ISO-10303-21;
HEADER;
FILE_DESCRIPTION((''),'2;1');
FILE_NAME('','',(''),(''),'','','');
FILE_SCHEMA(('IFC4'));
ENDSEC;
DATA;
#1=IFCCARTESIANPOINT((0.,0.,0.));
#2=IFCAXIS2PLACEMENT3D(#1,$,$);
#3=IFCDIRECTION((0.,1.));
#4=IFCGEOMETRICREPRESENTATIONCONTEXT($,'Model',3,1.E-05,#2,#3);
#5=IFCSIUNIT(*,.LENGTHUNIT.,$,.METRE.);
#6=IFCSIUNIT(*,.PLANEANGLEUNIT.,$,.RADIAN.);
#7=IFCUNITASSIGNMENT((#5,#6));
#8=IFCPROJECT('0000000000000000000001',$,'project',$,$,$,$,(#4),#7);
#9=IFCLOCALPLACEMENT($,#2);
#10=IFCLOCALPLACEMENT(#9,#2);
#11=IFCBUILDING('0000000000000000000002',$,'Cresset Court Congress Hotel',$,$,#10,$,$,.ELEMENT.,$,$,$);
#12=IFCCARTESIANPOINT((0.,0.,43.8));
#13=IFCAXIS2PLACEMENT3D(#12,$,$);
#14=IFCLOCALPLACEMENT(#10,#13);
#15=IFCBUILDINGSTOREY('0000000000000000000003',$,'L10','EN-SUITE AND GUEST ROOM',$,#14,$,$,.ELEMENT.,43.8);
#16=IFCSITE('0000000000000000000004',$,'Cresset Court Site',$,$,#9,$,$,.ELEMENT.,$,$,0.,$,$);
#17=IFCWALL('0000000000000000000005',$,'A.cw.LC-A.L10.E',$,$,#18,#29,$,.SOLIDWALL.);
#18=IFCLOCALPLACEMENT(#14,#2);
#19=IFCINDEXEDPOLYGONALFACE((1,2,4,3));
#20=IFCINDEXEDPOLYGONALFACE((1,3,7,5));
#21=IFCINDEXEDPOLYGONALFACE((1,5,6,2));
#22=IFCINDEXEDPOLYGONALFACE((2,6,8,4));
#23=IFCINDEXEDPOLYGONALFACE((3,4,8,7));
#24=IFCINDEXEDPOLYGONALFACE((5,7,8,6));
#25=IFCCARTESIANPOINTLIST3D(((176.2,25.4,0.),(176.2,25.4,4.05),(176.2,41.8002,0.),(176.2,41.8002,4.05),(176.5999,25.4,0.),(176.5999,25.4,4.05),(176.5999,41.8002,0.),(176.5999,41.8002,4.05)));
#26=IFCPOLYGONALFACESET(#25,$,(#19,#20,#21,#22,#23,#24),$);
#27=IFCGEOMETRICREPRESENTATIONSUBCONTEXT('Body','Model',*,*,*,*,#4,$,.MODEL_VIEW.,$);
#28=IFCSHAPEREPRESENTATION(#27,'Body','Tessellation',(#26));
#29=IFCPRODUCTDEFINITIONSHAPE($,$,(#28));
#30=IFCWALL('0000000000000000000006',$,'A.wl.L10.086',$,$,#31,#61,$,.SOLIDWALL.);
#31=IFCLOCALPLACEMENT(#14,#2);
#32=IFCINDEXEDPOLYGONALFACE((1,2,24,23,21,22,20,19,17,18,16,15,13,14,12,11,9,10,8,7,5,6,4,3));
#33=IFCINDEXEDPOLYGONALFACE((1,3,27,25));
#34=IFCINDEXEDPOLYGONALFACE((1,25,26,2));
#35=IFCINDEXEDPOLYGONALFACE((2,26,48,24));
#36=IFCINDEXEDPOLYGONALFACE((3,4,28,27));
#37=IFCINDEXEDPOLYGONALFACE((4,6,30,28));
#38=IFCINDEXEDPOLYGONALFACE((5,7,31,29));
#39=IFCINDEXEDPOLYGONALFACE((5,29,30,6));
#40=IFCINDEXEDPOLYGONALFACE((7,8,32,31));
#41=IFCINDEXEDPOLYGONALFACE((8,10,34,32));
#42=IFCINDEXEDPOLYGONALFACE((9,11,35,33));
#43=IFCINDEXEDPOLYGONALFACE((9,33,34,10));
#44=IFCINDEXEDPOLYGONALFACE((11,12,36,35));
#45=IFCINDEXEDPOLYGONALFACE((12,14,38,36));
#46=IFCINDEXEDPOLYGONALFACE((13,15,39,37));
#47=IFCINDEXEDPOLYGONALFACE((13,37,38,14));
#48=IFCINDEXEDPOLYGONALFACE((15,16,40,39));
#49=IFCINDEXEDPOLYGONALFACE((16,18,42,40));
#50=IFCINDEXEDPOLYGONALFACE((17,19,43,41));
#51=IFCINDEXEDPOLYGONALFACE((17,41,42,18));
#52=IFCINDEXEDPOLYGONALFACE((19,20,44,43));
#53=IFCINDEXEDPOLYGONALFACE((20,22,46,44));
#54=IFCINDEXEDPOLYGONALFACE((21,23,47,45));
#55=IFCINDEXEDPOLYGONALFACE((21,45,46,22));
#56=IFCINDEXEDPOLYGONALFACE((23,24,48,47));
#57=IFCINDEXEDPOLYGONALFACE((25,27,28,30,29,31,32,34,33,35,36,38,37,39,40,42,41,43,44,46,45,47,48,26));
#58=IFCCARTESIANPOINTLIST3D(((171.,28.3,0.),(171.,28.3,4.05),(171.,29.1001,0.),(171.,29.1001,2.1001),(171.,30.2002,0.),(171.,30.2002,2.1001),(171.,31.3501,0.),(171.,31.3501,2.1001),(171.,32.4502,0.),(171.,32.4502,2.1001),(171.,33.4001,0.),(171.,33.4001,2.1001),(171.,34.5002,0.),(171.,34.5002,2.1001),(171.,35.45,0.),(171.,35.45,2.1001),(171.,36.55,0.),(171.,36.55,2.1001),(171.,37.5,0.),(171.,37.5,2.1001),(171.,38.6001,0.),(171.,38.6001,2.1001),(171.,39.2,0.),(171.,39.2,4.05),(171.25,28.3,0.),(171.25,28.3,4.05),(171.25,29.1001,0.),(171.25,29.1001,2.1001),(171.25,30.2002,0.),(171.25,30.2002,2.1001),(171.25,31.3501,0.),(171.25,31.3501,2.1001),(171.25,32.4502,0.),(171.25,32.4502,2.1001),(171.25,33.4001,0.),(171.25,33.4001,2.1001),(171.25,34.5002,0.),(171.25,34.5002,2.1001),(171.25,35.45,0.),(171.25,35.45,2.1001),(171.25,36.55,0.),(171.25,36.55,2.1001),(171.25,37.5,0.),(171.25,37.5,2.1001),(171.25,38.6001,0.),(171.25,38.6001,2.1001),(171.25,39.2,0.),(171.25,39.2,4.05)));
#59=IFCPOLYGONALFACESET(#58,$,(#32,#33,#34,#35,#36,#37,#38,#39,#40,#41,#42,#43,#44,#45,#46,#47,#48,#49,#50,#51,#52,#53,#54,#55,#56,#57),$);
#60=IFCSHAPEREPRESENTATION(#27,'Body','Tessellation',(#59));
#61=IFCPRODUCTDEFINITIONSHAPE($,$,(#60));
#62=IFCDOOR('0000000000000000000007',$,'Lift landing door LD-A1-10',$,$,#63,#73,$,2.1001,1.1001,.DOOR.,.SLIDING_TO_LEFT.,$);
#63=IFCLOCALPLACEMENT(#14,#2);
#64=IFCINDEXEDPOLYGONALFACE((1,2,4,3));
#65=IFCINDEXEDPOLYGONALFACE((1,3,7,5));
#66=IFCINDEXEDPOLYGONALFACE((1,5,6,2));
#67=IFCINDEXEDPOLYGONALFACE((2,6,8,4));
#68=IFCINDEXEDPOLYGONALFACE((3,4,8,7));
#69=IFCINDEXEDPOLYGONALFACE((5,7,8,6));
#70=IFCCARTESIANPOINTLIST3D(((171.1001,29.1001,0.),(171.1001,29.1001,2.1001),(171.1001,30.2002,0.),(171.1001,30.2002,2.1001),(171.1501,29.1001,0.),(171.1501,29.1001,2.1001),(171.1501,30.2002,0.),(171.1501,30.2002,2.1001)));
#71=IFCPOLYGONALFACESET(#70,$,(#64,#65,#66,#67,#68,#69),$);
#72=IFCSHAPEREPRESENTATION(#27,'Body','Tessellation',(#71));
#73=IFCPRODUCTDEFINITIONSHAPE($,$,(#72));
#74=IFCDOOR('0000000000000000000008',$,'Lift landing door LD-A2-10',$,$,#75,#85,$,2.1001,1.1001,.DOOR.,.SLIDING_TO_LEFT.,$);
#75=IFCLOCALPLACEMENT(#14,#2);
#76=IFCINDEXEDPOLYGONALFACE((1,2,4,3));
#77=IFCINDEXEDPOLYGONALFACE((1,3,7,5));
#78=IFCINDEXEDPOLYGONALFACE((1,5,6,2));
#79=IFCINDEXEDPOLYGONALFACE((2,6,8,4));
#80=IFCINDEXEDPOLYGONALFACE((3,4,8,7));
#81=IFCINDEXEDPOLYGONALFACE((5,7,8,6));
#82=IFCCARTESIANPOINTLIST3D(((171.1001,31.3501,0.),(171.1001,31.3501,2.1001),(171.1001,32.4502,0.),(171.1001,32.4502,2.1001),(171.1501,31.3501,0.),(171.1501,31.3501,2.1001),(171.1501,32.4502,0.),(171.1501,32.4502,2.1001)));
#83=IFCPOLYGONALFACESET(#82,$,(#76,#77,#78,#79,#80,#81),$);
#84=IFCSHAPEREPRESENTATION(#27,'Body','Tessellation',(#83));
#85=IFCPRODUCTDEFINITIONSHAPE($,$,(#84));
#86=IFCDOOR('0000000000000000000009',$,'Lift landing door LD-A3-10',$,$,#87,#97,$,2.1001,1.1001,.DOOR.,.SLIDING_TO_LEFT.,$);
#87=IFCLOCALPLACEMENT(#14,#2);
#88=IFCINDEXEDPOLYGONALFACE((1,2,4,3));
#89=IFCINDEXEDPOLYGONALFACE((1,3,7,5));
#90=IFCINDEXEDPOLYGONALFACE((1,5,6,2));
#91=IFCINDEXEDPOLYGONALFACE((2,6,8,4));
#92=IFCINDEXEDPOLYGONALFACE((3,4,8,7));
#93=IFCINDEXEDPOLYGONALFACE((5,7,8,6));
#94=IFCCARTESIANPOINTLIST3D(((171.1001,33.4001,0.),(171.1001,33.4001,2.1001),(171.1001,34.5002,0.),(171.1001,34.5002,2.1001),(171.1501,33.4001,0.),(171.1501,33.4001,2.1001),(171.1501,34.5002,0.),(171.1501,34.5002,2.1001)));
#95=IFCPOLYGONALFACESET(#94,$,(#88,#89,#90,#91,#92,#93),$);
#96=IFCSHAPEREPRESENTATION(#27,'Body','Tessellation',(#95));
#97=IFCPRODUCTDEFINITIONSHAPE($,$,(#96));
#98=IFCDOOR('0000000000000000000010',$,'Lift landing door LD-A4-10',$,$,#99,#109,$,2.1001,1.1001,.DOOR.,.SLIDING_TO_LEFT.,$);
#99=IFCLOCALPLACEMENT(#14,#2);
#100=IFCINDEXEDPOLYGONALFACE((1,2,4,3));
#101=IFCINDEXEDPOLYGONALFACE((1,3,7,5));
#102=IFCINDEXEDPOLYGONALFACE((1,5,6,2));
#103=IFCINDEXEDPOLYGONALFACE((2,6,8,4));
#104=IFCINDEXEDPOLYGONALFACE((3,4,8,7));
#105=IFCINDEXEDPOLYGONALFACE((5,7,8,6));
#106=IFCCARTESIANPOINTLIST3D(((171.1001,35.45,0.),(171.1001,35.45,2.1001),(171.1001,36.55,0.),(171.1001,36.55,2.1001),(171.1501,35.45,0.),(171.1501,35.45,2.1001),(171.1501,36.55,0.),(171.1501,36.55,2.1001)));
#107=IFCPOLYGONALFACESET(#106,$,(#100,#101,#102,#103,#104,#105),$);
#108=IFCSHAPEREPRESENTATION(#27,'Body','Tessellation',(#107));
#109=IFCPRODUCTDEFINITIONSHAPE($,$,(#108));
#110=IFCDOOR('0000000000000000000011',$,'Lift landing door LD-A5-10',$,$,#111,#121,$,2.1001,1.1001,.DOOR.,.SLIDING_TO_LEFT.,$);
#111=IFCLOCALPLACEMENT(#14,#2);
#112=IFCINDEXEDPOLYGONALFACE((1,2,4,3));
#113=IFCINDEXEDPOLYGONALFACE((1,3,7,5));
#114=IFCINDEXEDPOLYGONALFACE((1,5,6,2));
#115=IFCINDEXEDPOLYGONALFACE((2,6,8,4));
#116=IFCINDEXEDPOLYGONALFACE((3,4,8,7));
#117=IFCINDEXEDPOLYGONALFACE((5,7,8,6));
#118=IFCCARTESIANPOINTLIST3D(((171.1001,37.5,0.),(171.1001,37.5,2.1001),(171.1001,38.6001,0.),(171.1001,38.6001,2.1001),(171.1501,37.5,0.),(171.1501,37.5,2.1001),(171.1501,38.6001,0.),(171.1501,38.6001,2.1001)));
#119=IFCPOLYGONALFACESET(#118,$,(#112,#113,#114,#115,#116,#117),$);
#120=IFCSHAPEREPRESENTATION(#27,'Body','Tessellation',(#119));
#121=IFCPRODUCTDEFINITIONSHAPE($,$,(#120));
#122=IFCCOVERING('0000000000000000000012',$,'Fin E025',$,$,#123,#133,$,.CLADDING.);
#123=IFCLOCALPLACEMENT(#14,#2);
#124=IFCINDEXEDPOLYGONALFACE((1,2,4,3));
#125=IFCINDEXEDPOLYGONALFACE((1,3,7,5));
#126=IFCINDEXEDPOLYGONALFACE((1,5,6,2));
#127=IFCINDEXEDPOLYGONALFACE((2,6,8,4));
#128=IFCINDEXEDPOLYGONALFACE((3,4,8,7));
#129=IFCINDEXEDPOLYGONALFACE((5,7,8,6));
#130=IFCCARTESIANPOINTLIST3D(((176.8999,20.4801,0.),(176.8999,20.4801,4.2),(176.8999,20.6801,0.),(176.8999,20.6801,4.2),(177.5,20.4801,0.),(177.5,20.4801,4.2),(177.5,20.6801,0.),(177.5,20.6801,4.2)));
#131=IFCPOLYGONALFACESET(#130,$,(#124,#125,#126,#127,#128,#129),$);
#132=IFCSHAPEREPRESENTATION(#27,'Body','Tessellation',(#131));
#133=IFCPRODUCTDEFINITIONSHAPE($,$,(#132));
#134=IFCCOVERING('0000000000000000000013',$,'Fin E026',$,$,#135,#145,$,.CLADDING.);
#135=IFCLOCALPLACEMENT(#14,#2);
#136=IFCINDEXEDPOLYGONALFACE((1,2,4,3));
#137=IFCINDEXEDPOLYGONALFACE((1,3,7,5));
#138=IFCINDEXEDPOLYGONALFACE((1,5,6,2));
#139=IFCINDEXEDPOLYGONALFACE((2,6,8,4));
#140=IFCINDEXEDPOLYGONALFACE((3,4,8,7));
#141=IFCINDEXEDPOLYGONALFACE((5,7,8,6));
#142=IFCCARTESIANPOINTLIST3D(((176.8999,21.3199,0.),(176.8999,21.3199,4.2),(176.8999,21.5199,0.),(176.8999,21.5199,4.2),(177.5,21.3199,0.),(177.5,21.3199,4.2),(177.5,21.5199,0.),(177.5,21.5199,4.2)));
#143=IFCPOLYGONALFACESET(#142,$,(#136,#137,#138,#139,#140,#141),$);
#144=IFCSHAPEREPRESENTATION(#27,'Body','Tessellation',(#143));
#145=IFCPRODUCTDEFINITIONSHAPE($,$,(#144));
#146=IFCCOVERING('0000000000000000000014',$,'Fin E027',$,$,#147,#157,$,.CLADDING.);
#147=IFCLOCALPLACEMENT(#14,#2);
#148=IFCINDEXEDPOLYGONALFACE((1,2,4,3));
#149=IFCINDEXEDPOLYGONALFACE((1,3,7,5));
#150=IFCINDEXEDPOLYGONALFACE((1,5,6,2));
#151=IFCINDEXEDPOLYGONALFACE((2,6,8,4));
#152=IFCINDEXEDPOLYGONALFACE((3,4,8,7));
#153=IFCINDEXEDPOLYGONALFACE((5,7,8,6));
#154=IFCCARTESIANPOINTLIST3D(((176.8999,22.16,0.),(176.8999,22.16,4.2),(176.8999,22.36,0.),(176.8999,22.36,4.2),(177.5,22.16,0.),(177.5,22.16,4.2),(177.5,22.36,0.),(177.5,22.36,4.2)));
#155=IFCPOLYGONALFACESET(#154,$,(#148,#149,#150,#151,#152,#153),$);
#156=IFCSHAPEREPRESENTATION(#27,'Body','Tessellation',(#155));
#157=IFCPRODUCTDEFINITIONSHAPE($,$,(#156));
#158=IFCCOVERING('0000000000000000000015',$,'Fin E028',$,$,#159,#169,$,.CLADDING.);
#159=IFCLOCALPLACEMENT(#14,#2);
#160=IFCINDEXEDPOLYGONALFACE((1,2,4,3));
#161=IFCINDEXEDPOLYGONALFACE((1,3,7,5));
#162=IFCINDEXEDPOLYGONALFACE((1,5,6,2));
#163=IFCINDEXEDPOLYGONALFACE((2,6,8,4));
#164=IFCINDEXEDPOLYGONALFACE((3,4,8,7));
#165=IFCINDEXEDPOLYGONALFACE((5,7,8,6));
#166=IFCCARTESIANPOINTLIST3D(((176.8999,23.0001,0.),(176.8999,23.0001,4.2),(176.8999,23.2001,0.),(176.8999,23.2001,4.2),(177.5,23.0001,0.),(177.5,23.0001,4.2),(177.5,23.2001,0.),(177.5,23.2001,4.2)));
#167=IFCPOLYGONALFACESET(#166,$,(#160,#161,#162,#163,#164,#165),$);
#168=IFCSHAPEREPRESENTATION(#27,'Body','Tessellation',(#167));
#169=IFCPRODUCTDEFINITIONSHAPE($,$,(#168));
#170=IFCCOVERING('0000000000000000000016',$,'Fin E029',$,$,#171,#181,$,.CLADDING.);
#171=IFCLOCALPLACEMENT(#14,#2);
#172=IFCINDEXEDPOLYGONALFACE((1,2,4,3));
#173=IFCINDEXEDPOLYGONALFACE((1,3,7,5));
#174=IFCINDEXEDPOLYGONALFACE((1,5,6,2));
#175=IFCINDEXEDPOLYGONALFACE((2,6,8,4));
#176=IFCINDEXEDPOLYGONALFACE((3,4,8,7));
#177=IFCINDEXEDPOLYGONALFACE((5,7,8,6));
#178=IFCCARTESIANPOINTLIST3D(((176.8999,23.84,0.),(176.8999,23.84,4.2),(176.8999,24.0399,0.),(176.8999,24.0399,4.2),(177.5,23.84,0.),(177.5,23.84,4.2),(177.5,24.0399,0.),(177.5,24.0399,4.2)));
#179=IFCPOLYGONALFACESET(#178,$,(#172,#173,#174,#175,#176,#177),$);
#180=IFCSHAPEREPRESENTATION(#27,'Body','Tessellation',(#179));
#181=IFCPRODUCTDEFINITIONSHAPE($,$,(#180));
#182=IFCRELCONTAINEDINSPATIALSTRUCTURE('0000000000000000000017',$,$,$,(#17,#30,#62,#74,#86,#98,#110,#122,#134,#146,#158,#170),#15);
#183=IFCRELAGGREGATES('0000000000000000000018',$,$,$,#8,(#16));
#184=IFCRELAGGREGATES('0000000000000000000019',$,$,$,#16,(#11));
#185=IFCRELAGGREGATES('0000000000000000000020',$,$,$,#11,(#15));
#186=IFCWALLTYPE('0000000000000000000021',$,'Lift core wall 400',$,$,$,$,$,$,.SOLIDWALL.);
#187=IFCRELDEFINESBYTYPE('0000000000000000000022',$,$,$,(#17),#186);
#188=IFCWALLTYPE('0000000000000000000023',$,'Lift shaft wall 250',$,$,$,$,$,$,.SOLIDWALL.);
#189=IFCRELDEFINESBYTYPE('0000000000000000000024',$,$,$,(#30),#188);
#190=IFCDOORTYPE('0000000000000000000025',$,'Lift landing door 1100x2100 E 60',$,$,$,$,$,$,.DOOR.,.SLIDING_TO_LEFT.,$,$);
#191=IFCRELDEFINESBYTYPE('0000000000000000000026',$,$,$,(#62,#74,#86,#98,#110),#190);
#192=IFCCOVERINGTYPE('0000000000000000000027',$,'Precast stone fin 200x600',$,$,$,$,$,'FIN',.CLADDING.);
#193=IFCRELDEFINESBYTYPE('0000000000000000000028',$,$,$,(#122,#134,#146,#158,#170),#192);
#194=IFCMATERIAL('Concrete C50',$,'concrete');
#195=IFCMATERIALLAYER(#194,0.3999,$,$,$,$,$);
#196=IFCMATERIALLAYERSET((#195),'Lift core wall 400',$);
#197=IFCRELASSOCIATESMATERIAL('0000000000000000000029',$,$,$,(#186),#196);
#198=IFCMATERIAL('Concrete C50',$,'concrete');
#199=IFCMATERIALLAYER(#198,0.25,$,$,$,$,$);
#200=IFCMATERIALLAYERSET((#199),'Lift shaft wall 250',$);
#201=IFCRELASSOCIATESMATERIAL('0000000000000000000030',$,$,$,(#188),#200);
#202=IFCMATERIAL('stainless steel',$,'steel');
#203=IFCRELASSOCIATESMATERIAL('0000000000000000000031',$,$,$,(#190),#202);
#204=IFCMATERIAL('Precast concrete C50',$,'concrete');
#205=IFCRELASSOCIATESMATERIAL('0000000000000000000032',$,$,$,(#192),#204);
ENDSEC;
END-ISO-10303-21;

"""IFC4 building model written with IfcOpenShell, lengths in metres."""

from ifc_helpers import new_model, si_unit, direction, frame, frame_2d, origin, origin_2d, place, context, subcontext, project, spatial, rectangle, extrude, material, layer, layer_set, type_object, element, fill, save


model = new_model("IFC4")

# Units and contexts
model_context = context("Model", 3, precision=1e-05, world=origin(), true_north=direction((0.0, 1.0)))
body_context = subcontext(model_context, "Body", "Model", "MODEL_VIEW")
ifc_project = project(units=[si_unit("LENGTHUNIT", "METRE"), si_unit("PLANEANGLEUNIT", "RADIAN")], contexts=[model_context])

# Site, building, storey
site_placement = place(None, origin())
site = spatial("IfcSite", under=ifc_project, at=site_placement, Name="Cresset Court Site", CompositionType="ELEMENT", RefElevation=0.0)
building_placement = place(site_placement, origin())
building = spatial("IfcBuilding", under=site, at=building_placement, Name="Cresset Court Congress Hotel", CompositionType="ELEMENT")
storey_placement = place(building_placement, frame((0.0, 0.0, 43.8)))
storey = spatial("IfcBuildingStorey", under=building, at=storey_placement, Name="L10", Description="EN-SUITE AND GUEST ROOM", CompositionType="ELEMENT", Elevation=43.8)

# Wall
ifc_material_1 = material(Name="Concrete C50", Category="concrete")
ifc_layer_1 = layer(ifc_material_1, 0.3999)
ifc_layer_set_1 = layer_set([ifc_layer_1], Name="Lift core wall 400")
wall_type_1 = type_object("IfcWallType", Name="Lift core wall 400", PredefinedType="SOLIDWALL", material=ifc_layer_set_1)
wall_1_placement = place(storey_placement, frame((176.3999, 25.3999, 0.0), z_axis=(0.0, 0.0, 1.0), x_axis=(0.0, 1.0, 0.0)))
element("IfcWall", 1, at=wall_1_placement, inside=storey, type_object=wall_type_1, Name="A.cw.LC-A.L10.E", PredefinedType="SOLIDWALL", context=body_context, shape_type="SweptSolid", body=[
    extrude(rectangle(XDim=16.4001, YDim=0.3999, at=frame_2d((8.2002, 0.0))), origin(), (0.0, 0.0, 1.0), 4.05),
])

# Wall, openings, doors
ifc_material_2 = material(Name="Concrete C50", Category="concrete")
ifc_layer_2 = layer(ifc_material_2, 0.25)
ifc_layer_set_2 = layer_set([ifc_layer_2], Name="Lift shaft wall 250")
wall_type_2 = type_object("IfcWallType", Name="Lift shaft wall 250", PredefinedType="SOLIDWALL", material=ifc_layer_set_2)
wall_2_placement = place(storey_placement, frame((171.125, 28.3, 0.0), z_axis=(0.0, 0.0, 1.0), x_axis=(0.0, 1.0, 0.0)))
wall_2 = element("IfcWall", 2, at=wall_2_placement, inside=storey, type_object=wall_type_2, Name="A.wl.L10.086", PredefinedType="SOLIDWALL", context=body_context, shape_type="SweptSolid", body=[
    extrude(rectangle(XDim=10.8999, YDim=0.25, at=frame_2d((5.45, 0.0))), origin(), (0.0, 0.0, 1.0), 4.05),
])
opening_1_placement = place(wall_2_placement, frame((0.8, 0.0, 0.0)))
opening_1 = element("IfcOpeningElement", 3, at=opening_1_placement, cuts=wall_2, PredefinedType="OPENING", context=body_context, shape_type="SweptSolid", body=[
    extrude(rectangle(XDim=1.1001, YDim=2.1001, at=frame_2d((0.55, 1.05))), frame((0.0, 0.135, 0.0), z_axis=(0.0, -1.0, 0.0), x_axis=(1.0, 0.0, 0.0)), (0.0, 0.0, 1.0), 0.27),
])
opening_2_placement = place(wall_2_placement, frame((3.05, 0.0, 0.0)))
opening_2 = element("IfcOpeningElement", 4, at=opening_2_placement, cuts=wall_2, PredefinedType="OPENING", context=body_context, shape_type="SweptSolid", body=[
    extrude(rectangle(XDim=1.1001, YDim=2.1001, at=frame_2d((0.55, 1.05))), frame((0.0, 0.135, 0.0), z_axis=(0.0, -1.0, 0.0), x_axis=(1.0, 0.0, 0.0)), (0.0, 0.0, 1.0), 0.27),
])
opening_3_placement = place(wall_2_placement, frame((5.1001, 0.0, 0.0)))
opening_3 = element("IfcOpeningElement", 5, at=opening_3_placement, cuts=wall_2, PredefinedType="OPENING", context=body_context, shape_type="SweptSolid", body=[
    extrude(rectangle(XDim=1.1001, YDim=2.1001, at=frame_2d((0.55, 1.05))), frame((0.0, 0.135, 0.0), z_axis=(0.0, -1.0, 0.0), x_axis=(1.0, 0.0, 0.0)), (0.0, 0.0, 1.0), 0.27),
])
opening_4_placement = place(wall_2_placement, frame((7.1499, 0.0, 0.0)))
opening_4 = element("IfcOpeningElement", 6, at=opening_4_placement, cuts=wall_2, PredefinedType="OPENING", context=body_context, shape_type="SweptSolid", body=[
    extrude(rectangle(XDim=1.1001, YDim=2.1001, at=frame_2d((0.55, 1.05))), frame((0.0, 0.135, 0.0), z_axis=(0.0, -1.0, 0.0), x_axis=(1.0, 0.0, 0.0)), (0.0, 0.0, 1.0), 0.27),
])
opening_5_placement = place(wall_2_placement, frame((9.2, 0.0, 0.0)))
opening_5 = element("IfcOpeningElement", 7, at=opening_5_placement, cuts=wall_2, PredefinedType="OPENING", context=body_context, shape_type="SweptSolid", body=[
    extrude(rectangle(XDim=1.1001, YDim=2.1001, at=frame_2d((0.55, 1.05))), frame((0.0, 0.135, 0.0), z_axis=(0.0, -1.0, 0.0), x_axis=(1.0, 0.0, 0.0)), (0.0, 0.0, 1.0), 0.27),
])
ifc_material_3 = material(Name="stainless steel", Category="steel")
door_type = type_object("IfcDoorType", Name="Lift landing door 1100x2100 E 60", OperationType="SLIDING_TO_LEFT", PredefinedType="DOOR", material=ifc_material_3)
door_1_placement = place(opening_1_placement, origin())
door_1 = element("IfcDoor", 8, at=door_1_placement, inside=storey, type_object=door_type, Name="Lift landing door LD-A1-10", OperationType="SLIDING_TO_LEFT", OverallHeight=2.1001, OverallWidth=1.1001, PredefinedType="DOOR", context=body_context, shape_type="SweptSolid", body=[
    extrude(rectangle(XDim=1.1001, YDim=2.1001, at=frame_2d((0.55, 1.05))), frame((0.0, 0.0249, 0.0), z_axis=(0.0, -1.0, 0.0), x_axis=(1.0, 0.0, 0.0)), (0.0, 0.0, 1.0), 0.05),
])
fill(opening_1, door_1)
door_2_placement = place(opening_2_placement, origin())
door_2 = element("IfcDoor", 9, at=door_2_placement, inside=storey, type_object=door_type, Name="Lift landing door LD-A2-10", OperationType="SLIDING_TO_LEFT", OverallHeight=2.1001, OverallWidth=1.1001, PredefinedType="DOOR", context=body_context, shape_type="SweptSolid", body=[
    extrude(rectangle(XDim=1.1001, YDim=2.1001, at=frame_2d((0.55, 1.05))), frame((0.0, 0.0249, 0.0), z_axis=(0.0, -1.0, 0.0), x_axis=(1.0, 0.0, 0.0)), (0.0, 0.0, 1.0), 0.05),
])
fill(opening_2, door_2)
door_3_placement = place(opening_3_placement, origin())
door_3 = element("IfcDoor", 10, at=door_3_placement, inside=storey, type_object=door_type, Name="Lift landing door LD-A3-10", OperationType="SLIDING_TO_LEFT", OverallHeight=2.1001, OverallWidth=1.1001, PredefinedType="DOOR", context=body_context, shape_type="SweptSolid", body=[
    extrude(rectangle(XDim=1.1001, YDim=2.1001, at=frame_2d((0.55, 1.05))), frame((0.0, 0.0249, 0.0), z_axis=(0.0, -1.0, 0.0), x_axis=(1.0, 0.0, 0.0)), (0.0, 0.0, 1.0), 0.05),
])
fill(opening_3, door_3)
door_4_placement = place(opening_4_placement, origin())
door_4 = element("IfcDoor", 11, at=door_4_placement, inside=storey, type_object=door_type, Name="Lift landing door LD-A4-10", OperationType="SLIDING_TO_LEFT", OverallHeight=2.1001, OverallWidth=1.1001, PredefinedType="DOOR", context=body_context, shape_type="SweptSolid", body=[
    extrude(rectangle(XDim=1.1001, YDim=2.1001, at=frame_2d((0.55, 1.05))), frame((0.0, 0.0249, 0.0), z_axis=(0.0, -1.0, 0.0), x_axis=(1.0, 0.0, 0.0)), (0.0, 0.0, 1.0), 0.05),
])
fill(opening_4, door_4)
door_5_placement = place(opening_5_placement, origin())
door_5 = element("IfcDoor", 12, at=door_5_placement, inside=storey, type_object=door_type, Name="Lift landing door LD-A5-10", OperationType="SLIDING_TO_LEFT", OverallHeight=2.1001, OverallWidth=1.1001, PredefinedType="DOOR", context=body_context, shape_type="SweptSolid", body=[
    extrude(rectangle(XDim=1.1001, YDim=2.1001, at=frame_2d((0.55, 1.05))), frame((0.0, 0.0249, 0.0), z_axis=(0.0, -1.0, 0.0), x_axis=(1.0, 0.0, 0.0)), (0.0, 0.0, 1.0), 0.05),
])
fill(opening_5, door_5)

# Coverings
ifc_material_4 = material(Name="Precast concrete C50", Category="concrete")
covering_type_1 = type_object("IfcCoveringType", Name="Precast stone fin 200x600", ElementType="FIN", PredefinedType="CLADDING", material=ifc_material_4)
for number, where, z_axis, x_axis, name in (
    (13, (177.2, 20.5801, 0.0), (0.0, 0.0, 1.0), (1.0, 0.0, 0.0), "Fin E025"),
    (14, (177.2, 21.4199, 0.0), (0.0, 0.0, 1.0), (1.0, 0.0, 0.0), "Fin E026"),
    (15, (177.2, 22.26, 0.0), (0.0, 0.0, 1.0), (1.0, 0.0, 0.0), "Fin E027"),
    (16, (177.2, 23.1001, 0.0), (0.0, 0.0, 1.0), (1.0, 0.0, 0.0), "Fin E028"),
    (17, (177.2, 23.9399, 0.0), (0.0, 0.0, 1.0), (1.0, 0.0, 0.0), "Fin E029"),
):
    element("IfcCovering", number, at=place(storey_placement, frame(where, z_axis=z_axis, x_axis=x_axis)), inside=storey, type_object=covering_type_1, Name=name, PredefinedType="CLADDING", context=body_context, shape_type="SweptSolid", body=[
        extrude(rectangle(XDim=0.6001, YDim=0.2, at=origin_2d()), origin(), (0.0, 0.0, 1.0), 4.2),
    ])

save(model, "model.ifc")
